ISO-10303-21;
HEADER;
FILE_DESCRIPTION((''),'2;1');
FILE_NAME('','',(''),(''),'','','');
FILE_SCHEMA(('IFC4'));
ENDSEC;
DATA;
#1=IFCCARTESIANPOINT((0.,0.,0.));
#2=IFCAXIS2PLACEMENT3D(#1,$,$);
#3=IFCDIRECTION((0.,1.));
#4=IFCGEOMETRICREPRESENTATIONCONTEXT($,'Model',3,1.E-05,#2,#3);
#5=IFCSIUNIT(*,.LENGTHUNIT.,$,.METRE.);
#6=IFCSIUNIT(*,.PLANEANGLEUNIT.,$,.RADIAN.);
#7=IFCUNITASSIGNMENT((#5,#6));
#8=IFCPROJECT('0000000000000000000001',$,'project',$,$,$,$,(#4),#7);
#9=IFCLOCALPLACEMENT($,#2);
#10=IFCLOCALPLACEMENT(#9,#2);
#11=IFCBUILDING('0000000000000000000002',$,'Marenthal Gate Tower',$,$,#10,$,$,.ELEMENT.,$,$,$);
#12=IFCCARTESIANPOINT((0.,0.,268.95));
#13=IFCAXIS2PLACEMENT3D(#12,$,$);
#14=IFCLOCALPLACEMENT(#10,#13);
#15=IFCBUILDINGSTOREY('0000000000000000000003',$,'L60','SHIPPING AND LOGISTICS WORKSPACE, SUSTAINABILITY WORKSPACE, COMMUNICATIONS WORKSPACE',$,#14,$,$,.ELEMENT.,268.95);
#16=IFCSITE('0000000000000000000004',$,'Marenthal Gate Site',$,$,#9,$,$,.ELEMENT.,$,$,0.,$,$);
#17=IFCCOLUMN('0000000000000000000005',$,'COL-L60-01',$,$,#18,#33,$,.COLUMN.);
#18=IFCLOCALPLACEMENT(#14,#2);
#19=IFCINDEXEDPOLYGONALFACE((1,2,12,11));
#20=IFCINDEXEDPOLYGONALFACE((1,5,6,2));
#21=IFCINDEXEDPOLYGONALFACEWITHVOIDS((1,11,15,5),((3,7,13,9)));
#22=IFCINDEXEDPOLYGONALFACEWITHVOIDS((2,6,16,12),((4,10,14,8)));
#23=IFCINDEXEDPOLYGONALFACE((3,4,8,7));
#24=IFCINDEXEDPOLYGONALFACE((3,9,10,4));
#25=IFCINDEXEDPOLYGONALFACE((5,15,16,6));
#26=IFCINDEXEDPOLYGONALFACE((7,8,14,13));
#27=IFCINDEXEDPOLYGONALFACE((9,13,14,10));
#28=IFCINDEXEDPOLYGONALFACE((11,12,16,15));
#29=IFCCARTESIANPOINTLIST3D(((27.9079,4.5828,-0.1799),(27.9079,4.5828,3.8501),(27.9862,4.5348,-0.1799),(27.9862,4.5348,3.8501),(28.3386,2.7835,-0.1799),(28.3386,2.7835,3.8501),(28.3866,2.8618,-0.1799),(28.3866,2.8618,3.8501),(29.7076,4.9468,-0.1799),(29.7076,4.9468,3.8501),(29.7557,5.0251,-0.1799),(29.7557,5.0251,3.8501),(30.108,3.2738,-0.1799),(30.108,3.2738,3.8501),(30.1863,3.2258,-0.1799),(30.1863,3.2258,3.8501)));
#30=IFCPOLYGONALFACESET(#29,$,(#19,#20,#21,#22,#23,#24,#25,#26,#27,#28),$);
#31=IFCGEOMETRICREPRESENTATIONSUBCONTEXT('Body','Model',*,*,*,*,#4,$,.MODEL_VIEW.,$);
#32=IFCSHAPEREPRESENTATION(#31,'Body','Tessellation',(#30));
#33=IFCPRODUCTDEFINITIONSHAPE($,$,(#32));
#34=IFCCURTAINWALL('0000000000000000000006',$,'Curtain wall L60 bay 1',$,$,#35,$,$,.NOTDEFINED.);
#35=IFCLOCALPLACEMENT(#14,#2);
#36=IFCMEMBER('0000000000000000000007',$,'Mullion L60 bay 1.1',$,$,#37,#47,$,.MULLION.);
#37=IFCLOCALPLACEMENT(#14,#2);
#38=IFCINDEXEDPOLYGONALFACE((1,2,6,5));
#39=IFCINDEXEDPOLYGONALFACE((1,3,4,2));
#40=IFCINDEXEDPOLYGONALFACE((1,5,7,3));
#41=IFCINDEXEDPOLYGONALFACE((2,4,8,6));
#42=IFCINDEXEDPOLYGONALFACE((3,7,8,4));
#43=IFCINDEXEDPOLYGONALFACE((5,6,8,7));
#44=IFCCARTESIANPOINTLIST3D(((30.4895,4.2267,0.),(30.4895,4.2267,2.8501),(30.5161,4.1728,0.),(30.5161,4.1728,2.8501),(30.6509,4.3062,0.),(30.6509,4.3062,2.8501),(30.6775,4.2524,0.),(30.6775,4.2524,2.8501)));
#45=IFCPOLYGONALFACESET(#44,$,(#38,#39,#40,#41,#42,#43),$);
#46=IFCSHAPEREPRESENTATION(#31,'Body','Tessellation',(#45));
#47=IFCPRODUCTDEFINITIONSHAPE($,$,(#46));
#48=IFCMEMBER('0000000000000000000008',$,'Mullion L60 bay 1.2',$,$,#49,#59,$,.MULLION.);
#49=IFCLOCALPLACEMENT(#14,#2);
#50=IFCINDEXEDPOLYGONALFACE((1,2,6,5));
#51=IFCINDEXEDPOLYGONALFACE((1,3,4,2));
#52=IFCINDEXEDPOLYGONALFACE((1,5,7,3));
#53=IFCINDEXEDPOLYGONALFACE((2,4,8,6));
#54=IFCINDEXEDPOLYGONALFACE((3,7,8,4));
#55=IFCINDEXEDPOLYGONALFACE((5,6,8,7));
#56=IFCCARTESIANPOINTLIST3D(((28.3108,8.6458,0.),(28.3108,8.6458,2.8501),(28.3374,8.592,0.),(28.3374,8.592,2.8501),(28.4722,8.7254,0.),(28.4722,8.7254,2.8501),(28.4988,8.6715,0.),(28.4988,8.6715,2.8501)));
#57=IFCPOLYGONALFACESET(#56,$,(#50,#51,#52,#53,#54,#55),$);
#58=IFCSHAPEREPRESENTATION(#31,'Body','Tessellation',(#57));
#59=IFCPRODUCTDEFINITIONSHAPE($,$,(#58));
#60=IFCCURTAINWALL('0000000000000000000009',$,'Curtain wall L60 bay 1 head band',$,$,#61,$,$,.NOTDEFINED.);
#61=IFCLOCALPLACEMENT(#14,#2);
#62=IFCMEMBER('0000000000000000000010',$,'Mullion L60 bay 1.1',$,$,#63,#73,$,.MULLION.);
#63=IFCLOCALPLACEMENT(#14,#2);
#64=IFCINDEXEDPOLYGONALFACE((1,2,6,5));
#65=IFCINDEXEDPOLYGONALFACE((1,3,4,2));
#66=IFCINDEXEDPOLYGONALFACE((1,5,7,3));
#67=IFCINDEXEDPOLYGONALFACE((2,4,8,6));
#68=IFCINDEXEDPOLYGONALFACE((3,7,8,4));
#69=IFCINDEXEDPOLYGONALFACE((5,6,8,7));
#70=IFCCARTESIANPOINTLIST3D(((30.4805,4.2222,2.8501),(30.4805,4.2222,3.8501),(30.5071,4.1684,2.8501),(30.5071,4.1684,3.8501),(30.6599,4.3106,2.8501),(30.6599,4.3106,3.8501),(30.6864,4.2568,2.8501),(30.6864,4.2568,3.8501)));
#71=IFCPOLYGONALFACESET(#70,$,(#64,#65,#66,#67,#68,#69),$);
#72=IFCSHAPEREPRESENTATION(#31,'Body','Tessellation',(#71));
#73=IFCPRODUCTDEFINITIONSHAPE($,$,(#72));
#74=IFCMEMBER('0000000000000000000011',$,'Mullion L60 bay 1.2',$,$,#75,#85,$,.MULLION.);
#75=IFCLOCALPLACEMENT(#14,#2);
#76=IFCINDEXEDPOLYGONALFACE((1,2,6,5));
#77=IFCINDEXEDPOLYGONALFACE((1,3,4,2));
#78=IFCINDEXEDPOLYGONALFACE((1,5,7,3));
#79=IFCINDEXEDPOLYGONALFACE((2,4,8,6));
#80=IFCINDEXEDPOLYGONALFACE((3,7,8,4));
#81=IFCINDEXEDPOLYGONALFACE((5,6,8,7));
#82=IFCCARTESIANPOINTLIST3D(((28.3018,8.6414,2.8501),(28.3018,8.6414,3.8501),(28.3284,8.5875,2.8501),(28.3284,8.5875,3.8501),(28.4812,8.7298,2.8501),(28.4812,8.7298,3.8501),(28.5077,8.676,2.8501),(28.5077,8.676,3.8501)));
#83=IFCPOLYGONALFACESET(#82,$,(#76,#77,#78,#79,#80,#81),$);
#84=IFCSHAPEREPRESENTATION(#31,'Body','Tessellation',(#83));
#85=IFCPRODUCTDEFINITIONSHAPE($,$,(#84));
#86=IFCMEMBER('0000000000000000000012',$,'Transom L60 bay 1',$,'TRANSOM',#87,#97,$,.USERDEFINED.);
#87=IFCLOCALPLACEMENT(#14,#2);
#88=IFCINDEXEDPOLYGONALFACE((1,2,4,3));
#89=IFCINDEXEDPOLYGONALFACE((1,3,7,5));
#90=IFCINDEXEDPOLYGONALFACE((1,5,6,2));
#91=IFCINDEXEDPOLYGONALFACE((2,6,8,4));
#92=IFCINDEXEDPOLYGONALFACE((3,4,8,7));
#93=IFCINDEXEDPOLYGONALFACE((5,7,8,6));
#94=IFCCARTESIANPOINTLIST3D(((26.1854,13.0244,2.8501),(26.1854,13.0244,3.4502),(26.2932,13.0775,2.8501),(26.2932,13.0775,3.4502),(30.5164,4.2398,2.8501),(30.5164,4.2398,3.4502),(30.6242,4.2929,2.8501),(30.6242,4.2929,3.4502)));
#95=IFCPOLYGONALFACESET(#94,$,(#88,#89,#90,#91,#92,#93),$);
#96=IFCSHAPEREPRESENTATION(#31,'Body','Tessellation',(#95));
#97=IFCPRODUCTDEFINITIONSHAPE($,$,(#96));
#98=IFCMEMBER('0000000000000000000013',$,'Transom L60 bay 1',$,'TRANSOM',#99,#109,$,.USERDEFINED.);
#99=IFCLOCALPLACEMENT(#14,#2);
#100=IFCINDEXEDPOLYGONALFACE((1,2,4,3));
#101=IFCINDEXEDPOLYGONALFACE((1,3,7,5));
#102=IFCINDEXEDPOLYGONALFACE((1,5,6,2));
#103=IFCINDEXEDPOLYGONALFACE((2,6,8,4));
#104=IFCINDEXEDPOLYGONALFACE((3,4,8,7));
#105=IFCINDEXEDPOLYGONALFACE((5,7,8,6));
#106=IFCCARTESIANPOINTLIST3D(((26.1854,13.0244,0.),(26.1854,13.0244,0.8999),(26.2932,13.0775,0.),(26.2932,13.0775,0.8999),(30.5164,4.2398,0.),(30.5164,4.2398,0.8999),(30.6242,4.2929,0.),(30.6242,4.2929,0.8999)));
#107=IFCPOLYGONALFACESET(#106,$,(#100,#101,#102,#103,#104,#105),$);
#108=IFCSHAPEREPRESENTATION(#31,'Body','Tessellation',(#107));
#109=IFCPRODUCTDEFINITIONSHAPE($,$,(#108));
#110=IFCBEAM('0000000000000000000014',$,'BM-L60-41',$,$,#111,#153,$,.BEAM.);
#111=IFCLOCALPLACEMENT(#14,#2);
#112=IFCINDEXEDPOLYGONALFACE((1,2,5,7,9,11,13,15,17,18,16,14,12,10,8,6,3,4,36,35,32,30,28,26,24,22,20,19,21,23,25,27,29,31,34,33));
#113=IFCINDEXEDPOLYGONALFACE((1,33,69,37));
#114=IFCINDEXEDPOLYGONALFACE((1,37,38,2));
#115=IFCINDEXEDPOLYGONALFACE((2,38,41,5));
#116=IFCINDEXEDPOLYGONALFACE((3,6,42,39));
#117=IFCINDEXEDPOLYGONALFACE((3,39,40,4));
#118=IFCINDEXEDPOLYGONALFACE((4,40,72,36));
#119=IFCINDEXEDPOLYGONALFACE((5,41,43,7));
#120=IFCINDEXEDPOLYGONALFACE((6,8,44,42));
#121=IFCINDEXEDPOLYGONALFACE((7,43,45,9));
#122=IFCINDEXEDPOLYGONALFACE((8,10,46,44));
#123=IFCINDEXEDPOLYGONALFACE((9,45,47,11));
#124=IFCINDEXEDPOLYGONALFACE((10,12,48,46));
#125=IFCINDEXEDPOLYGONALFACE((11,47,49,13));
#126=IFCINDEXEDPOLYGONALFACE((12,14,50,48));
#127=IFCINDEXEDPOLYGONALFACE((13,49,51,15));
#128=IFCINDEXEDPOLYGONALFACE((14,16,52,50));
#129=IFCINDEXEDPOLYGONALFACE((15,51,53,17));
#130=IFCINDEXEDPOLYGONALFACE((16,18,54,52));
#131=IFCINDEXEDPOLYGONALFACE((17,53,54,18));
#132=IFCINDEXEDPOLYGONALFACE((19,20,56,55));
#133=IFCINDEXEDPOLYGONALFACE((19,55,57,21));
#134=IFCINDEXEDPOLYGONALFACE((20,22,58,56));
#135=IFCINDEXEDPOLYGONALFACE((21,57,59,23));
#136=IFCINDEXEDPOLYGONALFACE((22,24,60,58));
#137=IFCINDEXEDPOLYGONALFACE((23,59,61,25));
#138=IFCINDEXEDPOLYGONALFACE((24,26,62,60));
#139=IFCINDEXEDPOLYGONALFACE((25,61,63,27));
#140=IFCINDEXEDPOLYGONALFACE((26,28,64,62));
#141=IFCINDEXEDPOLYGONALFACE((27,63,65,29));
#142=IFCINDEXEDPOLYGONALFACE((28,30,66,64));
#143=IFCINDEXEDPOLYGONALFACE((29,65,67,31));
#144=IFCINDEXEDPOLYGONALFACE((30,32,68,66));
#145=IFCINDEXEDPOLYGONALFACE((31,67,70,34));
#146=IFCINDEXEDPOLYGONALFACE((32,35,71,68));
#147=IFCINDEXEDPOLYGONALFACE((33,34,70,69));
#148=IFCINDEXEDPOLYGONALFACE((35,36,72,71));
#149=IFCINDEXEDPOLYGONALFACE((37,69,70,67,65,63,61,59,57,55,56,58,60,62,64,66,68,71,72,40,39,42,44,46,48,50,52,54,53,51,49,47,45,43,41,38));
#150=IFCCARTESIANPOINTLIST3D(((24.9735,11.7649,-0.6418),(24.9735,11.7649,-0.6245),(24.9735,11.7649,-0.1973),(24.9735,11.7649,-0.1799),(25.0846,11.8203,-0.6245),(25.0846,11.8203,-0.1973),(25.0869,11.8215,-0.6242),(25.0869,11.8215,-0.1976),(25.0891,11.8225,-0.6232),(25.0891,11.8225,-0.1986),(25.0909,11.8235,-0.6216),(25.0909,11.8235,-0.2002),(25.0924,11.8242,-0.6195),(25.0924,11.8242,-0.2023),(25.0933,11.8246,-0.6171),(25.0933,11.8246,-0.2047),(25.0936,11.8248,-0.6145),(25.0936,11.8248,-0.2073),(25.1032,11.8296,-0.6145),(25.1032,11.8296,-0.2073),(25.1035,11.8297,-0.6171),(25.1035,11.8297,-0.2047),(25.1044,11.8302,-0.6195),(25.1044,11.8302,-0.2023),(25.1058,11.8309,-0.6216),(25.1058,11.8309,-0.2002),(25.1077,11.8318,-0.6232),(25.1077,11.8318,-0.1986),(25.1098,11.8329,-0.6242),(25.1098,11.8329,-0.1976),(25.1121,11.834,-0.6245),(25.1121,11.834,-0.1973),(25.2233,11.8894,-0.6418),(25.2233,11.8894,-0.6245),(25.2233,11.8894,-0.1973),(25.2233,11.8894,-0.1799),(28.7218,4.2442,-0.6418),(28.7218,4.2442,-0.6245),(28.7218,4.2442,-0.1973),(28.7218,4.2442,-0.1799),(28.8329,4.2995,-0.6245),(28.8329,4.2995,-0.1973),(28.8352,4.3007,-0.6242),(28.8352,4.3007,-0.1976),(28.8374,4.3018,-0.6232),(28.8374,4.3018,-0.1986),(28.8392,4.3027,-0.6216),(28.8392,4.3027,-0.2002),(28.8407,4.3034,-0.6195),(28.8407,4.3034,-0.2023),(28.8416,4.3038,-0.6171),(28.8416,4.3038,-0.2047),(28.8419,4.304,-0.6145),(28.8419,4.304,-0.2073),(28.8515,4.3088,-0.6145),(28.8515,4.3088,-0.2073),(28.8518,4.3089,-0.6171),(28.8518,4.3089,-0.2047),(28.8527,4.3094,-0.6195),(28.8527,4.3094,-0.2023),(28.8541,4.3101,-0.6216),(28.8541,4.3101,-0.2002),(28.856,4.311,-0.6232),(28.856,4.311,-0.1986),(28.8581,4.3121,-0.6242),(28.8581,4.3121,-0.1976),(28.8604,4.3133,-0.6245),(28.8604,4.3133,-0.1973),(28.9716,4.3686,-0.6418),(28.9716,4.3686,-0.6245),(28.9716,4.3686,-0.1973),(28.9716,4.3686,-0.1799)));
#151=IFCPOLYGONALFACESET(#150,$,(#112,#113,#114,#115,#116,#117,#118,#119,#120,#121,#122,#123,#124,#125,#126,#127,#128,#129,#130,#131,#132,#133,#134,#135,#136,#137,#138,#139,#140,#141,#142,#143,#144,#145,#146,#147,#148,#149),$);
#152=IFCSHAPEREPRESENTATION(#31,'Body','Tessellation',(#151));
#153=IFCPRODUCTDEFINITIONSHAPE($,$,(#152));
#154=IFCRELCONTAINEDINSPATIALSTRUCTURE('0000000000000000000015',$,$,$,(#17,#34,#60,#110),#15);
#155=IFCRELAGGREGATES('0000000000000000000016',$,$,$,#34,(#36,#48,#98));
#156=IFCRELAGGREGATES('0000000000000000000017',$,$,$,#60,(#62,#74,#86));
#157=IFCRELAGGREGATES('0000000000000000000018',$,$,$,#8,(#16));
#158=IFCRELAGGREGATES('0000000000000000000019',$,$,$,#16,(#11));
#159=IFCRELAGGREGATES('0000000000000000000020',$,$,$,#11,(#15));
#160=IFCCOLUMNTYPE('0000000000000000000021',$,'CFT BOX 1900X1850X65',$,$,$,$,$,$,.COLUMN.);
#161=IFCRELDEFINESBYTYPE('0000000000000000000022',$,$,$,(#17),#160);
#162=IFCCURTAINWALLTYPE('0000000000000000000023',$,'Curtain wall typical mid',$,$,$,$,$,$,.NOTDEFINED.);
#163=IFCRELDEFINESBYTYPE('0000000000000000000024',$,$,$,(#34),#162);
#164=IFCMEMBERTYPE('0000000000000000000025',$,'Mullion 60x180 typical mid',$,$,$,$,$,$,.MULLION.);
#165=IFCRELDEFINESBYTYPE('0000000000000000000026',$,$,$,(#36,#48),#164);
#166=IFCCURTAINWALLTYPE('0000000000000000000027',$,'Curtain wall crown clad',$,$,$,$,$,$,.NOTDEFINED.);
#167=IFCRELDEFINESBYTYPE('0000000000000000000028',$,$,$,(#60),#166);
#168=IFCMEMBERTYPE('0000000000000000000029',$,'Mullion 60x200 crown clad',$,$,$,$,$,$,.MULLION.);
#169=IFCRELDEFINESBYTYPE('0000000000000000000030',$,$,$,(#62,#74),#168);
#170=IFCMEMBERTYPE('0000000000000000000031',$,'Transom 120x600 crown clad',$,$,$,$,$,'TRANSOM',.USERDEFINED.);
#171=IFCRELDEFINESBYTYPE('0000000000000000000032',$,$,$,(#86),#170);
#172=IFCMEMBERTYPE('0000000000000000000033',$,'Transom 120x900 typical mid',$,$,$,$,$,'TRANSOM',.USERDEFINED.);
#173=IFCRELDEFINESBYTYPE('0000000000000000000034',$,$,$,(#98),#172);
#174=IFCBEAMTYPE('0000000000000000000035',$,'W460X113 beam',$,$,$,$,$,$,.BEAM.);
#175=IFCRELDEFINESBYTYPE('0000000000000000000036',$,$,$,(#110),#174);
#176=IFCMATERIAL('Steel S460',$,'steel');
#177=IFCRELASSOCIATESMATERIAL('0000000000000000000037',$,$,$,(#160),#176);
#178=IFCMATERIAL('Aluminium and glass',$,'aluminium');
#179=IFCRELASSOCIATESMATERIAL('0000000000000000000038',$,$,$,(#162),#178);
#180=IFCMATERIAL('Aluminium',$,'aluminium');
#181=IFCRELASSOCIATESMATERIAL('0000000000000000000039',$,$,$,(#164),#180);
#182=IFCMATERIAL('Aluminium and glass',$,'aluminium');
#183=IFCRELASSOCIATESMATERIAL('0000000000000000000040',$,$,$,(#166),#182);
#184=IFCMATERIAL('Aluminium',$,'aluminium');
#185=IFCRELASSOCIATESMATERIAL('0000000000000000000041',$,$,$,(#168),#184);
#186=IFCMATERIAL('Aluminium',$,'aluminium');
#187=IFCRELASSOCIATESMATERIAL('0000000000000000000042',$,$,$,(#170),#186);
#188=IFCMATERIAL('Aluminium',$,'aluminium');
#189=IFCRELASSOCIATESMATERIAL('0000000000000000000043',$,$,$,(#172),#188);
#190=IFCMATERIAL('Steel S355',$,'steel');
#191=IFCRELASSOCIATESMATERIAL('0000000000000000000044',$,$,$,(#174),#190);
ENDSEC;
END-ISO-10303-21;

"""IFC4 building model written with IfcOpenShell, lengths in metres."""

from ifc_helpers import new_model, si_unit, direction, frame, origin, origin_2d, place, context, subcontext, project, spatial, rectangle, hollow_rectangle, i_section, extrude, material, material_profile, profile_set, type_object, element, aggregate, save


model = new_model("IFC4")

# Units and contexts
model_context = context("Model", 3, precision=1e-05, world=origin(), true_north=direction((0.0, 1.0)))
body_context = subcontext(model_context, "Body", "Model", "MODEL_VIEW")
ifc_project = project(units=[si_unit("LENGTHUNIT", "METRE"), si_unit("PLANEANGLEUNIT", "RADIAN")], contexts=[model_context])

# Site, building, storey
site_placement = place(None, origin())
site = spatial("IfcSite", under=ifc_project, at=site_placement, Name="Marenthal Gate Site", CompositionType="ELEMENT", RefElevation=0.0)
building_placement = place(site_placement, origin())
building = spatial("IfcBuilding", under=site, at=building_placement, Name="Marenthal Gate Tower", CompositionType="ELEMENT")
storey_placement = place(building_placement, frame((0.0, 0.0, 268.95)))
storey = spatial("IfcBuildingStorey", under=building, at=storey_placement, Name="L60", Description="SHIPPING AND LOGISTICS WORKSPACE, SUSTAINABILITY WORKSPACE, COMMUNICATIONS WORKSPACE", CompositionType="ELEMENT", Elevation=268.95)

# Column
ifc_material_1 = material(Name="Steel S460", Category="steel")
ifc_material_profile_1 = material_profile(ifc_material_1, hollow_rectangle(XDim=1.8501, YDim=1.8999, WallThickness=0.0649, at=origin_2d()), Name="CFT BOX 1900X1850X65")
ifc_material_2 = material(Name="Concrete 70 MPa", Category="concrete")
ifc_material_profile_2 = material_profile(ifc_material_2, rectangle(XDim=1.72, YDim=1.77, at=origin_2d()), Name="CFT BOX 1900X1850X65 INFILL")
ifc_profile_set_1 = profile_set([ifc_material_profile_1, ifc_material_profile_2], Name="Steel S460 shell, Concrete 70 MPa infill")
column_type = type_object("IfcColumnType", Name="CFT BOX 1900X1850X65", PredefinedType="COLUMN", material=ifc_profile_set_1)
column_placement = place(storey_placement, frame((29.0471, 3.9043, -0.1799), z_axis=(0.0, 0.0, 1.0), x_axis=(0.23277, -0.972532, 0.0)))
element("IfcColumn", 1, at=column_placement, inside=storey, type_object=column_type, Name="COL-L60-01", PredefinedType="COLUMN", context=body_context, shape_type="SweptSolid", body=[
    extrude(hollow_rectangle(XDim=1.8501, YDim=1.8999, WallThickness=0.0649, at=origin_2d()), origin(), (0.0, 0.0, 1.0), 4.03),
])

# Curtain walls, members
ifc_material_3 = material(Name="Aluminium and glass", Category="aluminium")
curtain_wall_type_1 = type_object("IfcCurtainWallType", Name="Curtain wall typical mid", PredefinedType="NOTDEFINED", material=ifc_material_3)
curtain_wall_1_placement = place(storey_placement, origin())
curtain_wall_1 = element("IfcCurtainWall", 2, at=curtain_wall_1_placement, inside=storey, type_object=curtain_wall_type_1, Name="Curtain wall L60 bay 1", PredefinedType="NOTDEFINED")
ifc_material_4 = material(Name="Aluminium", Category="aluminium")
ifc_material_profile_3 = material_profile(ifc_material_4, rectangle(XDim=0.1799, YDim=0.0601, at=origin_2d()), Name="60x180 aluminium mullion")
ifc_profile_set_2 = profile_set([ifc_material_profile_3], Name="Aluminium")
member_type_1 = type_object("IfcMemberType", Name="Mullion 60x180 typical mid", PredefinedType="MULLION", material=ifc_profile_set_2)
member_1_placement = place(storey_placement, frame((30.5835, 4.2395, 0.0), z_axis=(0.0, 0.0, 1.0), x_axis=(-0.896921, -0.442192, 0.0)))
member_1 = element("IfcMember", 3, at=member_1_placement, type_object=member_type_1, Name="Mullion L60 bay 1.1", PredefinedType="MULLION", context=body_context, shape_type="SweptSolid", body=[
    extrude(rectangle(XDim=0.1799, YDim=0.0601, at=origin_2d()), origin(), (0.0, 0.0, 1.0), 2.8501),
])
member_2_placement = place(storey_placement, frame((28.4048, 8.6587, 0.0), z_axis=(0.0, 0.0, 1.0), x_axis=(-0.896921, -0.442192, 0.0)))
member_2 = element("IfcMember", 4, at=member_2_placement, type_object=member_type_1, Name="Mullion L60 bay 1.2", PredefinedType="MULLION", context=body_context, shape_type="SweptSolid", body=[
    extrude(rectangle(XDim=0.1799, YDim=0.0601, at=origin_2d()), origin(), (0.0, 0.0, 1.0), 2.8501),
])
ifc_material_5 = material(Name="Aluminium and glass", Category="aluminium")
curtain_wall_type_2 = type_object("IfcCurtainWallType", Name="Curtain wall crown clad", PredefinedType="NOTDEFINED", material=ifc_material_5)
curtain_wall_2_placement = place(storey_placement, origin())
curtain_wall_2 = element("IfcCurtainWall", 5, at=curtain_wall_2_placement, inside=storey, type_object=curtain_wall_type_2, Name="Curtain wall L60 bay 1 head band", PredefinedType="NOTDEFINED")
ifc_material_6 = material(Name="Aluminium", Category="aluminium")
ifc_material_profile_4 = material_profile(ifc_material_6, rectangle(XDim=0.2, YDim=0.0601, at=origin_2d()), Name="60x200 aluminium mullion")
ifc_profile_set_3 = profile_set([ifc_material_profile_4], Name="Aluminium")
member_type_2 = type_object("IfcMemberType", Name="Mullion 60x200 crown clad", PredefinedType="MULLION", material=ifc_profile_set_3)
member_3_placement = place(storey_placement, frame((30.5835, 4.2395, 2.8501), z_axis=(0.0, 0.0, 1.0), x_axis=(-0.896921, -0.442192, 0.0)))
member_3 = element("IfcMember", 6, at=member_3_placement, type_object=member_type_2, Name="Mullion L60 bay 1.1", PredefinedType="MULLION", context=body_context, shape_type="SweptSolid", body=[
    extrude(rectangle(XDim=0.2, YDim=0.0601, at=origin_2d()), origin(), (0.0, 0.0, 1.0), 1.0),
])
member_4_placement = place(storey_placement, frame((28.4048, 8.6587, 2.8501), z_axis=(0.0, 0.0, 1.0), x_axis=(-0.896921, -0.442192, 0.0)))
member_4 = element("IfcMember", 7, at=member_4_placement, type_object=member_type_2, Name="Mullion L60 bay 1.2", PredefinedType="MULLION", context=body_context, shape_type="SweptSolid", body=[
    extrude(rectangle(XDim=0.2, YDim=0.0601, at=origin_2d()), origin(), (0.0, 0.0, 1.0), 1.0),
])
ifc_material_7 = material(Name="Aluminium", Category="aluminium")
ifc_material_profile_5 = material_profile(ifc_material_7, rectangle(XDim=0.1201, YDim=0.6001, at=origin_2d()), Name="120x600 aluminium transom")
ifc_profile_set_4 = profile_set([ifc_material_profile_5], Name="Aluminium")
member_type_3 = type_object("IfcMemberType", Name="Transom 120x600 crown clad", ElementType="TRANSOM", PredefinedType="USERDEFINED", material=ifc_profile_set_4)
member_5_placement = place(storey_placement, frame((30.5703, 4.2664, 3.1501), z_axis=(-0.442201, 0.896916, 0.0), x_axis=(-0.896916, -0.442201, 0.0)))
member_5 = element("IfcMember", 8, at=member_5_placement, type_object=member_type_3, Name="Transom L60 bay 1", ObjectType="TRANSOM", PredefinedType="USERDEFINED", context=body_context, shape_type="SweptSolid", body=[
    extrude(rectangle(XDim=0.1201, YDim=0.6001, at=origin_2d()), origin(), (0.0, 0.0, 1.0), 9.7942),
])

# Member
ifc_material_8 = material(Name="Aluminium", Category="aluminium")
ifc_material_profile_6 = material_profile(ifc_material_8, rectangle(XDim=0.1201, YDim=0.8999, at=origin_2d()), Name="120x900 aluminium transom")
ifc_profile_set_5 = profile_set([ifc_material_profile_6], Name="Aluminium")
member_type_4 = type_object("IfcMemberType", Name="Transom 120x900 typical mid", ElementType="TRANSOM", PredefinedType="USERDEFINED", material=ifc_profile_set_5)
member_6_placement = place(storey_placement, frame((30.5703, 4.2664, 0.45), z_axis=(-0.442201, 0.896916, 0.0), x_axis=(-0.896916, -0.442201, 0.0)))
member_6 = element("IfcMember", 9, at=member_6_placement, type_object=member_type_4, Name="Transom L60 bay 1", ObjectType="TRANSOM", PredefinedType="USERDEFINED", context=body_context, shape_type="SweptSolid", body=[
    extrude(rectangle(XDim=0.1201, YDim=0.8999, at=origin_2d()), origin(), (0.0, 0.0, 1.0), 9.7942),
])

# Beam
ifc_material_9 = material(Name="Steel S355", Category="steel")
ifc_material_profile_7 = material_profile(ifc_material_9, i_section(OverallWidth=0.2791, OverallDepth=0.4619, WebThickness=0.0107, FlangeThickness=0.0173, FilletRadius=0.01, at=origin_2d()), Name="W460X113")
ifc_profile_set_6 = profile_set([ifc_material_profile_7], Name="Steel S355")
beam_type_1 = type_object("IfcBeamType", Name="W460X113 beam", PredefinedType="BEAM", material=ifc_profile_set_6)
beam_1_placement = place(storey_placement, frame((28.8467, 4.3064, -0.4109), z_axis=(-0.446063, 0.895002, 0.0), x_axis=(-0.895002, -0.446063, 0.0)))
element("IfcBeam", 10, at=beam_1_placement, inside=storey, type_object=beam_type_1, Name="BM-L60-41", PredefinedType="BEAM", context=body_context, shape_type="SweptSolid", body=[
    extrude(i_section(OverallWidth=0.2791, OverallDepth=0.4619, WebThickness=0.0107, FlangeThickness=0.0173, FilletRadius=0.01, at=origin_2d()), origin(), (0.0, 0.0, 1.0), 8.4031),
])

aggregate(curtain_wall_1, [member_1, member_2, member_6])
aggregate(curtain_wall_2, [member_3, member_4, member_5])

save(model, "model.ifc")
